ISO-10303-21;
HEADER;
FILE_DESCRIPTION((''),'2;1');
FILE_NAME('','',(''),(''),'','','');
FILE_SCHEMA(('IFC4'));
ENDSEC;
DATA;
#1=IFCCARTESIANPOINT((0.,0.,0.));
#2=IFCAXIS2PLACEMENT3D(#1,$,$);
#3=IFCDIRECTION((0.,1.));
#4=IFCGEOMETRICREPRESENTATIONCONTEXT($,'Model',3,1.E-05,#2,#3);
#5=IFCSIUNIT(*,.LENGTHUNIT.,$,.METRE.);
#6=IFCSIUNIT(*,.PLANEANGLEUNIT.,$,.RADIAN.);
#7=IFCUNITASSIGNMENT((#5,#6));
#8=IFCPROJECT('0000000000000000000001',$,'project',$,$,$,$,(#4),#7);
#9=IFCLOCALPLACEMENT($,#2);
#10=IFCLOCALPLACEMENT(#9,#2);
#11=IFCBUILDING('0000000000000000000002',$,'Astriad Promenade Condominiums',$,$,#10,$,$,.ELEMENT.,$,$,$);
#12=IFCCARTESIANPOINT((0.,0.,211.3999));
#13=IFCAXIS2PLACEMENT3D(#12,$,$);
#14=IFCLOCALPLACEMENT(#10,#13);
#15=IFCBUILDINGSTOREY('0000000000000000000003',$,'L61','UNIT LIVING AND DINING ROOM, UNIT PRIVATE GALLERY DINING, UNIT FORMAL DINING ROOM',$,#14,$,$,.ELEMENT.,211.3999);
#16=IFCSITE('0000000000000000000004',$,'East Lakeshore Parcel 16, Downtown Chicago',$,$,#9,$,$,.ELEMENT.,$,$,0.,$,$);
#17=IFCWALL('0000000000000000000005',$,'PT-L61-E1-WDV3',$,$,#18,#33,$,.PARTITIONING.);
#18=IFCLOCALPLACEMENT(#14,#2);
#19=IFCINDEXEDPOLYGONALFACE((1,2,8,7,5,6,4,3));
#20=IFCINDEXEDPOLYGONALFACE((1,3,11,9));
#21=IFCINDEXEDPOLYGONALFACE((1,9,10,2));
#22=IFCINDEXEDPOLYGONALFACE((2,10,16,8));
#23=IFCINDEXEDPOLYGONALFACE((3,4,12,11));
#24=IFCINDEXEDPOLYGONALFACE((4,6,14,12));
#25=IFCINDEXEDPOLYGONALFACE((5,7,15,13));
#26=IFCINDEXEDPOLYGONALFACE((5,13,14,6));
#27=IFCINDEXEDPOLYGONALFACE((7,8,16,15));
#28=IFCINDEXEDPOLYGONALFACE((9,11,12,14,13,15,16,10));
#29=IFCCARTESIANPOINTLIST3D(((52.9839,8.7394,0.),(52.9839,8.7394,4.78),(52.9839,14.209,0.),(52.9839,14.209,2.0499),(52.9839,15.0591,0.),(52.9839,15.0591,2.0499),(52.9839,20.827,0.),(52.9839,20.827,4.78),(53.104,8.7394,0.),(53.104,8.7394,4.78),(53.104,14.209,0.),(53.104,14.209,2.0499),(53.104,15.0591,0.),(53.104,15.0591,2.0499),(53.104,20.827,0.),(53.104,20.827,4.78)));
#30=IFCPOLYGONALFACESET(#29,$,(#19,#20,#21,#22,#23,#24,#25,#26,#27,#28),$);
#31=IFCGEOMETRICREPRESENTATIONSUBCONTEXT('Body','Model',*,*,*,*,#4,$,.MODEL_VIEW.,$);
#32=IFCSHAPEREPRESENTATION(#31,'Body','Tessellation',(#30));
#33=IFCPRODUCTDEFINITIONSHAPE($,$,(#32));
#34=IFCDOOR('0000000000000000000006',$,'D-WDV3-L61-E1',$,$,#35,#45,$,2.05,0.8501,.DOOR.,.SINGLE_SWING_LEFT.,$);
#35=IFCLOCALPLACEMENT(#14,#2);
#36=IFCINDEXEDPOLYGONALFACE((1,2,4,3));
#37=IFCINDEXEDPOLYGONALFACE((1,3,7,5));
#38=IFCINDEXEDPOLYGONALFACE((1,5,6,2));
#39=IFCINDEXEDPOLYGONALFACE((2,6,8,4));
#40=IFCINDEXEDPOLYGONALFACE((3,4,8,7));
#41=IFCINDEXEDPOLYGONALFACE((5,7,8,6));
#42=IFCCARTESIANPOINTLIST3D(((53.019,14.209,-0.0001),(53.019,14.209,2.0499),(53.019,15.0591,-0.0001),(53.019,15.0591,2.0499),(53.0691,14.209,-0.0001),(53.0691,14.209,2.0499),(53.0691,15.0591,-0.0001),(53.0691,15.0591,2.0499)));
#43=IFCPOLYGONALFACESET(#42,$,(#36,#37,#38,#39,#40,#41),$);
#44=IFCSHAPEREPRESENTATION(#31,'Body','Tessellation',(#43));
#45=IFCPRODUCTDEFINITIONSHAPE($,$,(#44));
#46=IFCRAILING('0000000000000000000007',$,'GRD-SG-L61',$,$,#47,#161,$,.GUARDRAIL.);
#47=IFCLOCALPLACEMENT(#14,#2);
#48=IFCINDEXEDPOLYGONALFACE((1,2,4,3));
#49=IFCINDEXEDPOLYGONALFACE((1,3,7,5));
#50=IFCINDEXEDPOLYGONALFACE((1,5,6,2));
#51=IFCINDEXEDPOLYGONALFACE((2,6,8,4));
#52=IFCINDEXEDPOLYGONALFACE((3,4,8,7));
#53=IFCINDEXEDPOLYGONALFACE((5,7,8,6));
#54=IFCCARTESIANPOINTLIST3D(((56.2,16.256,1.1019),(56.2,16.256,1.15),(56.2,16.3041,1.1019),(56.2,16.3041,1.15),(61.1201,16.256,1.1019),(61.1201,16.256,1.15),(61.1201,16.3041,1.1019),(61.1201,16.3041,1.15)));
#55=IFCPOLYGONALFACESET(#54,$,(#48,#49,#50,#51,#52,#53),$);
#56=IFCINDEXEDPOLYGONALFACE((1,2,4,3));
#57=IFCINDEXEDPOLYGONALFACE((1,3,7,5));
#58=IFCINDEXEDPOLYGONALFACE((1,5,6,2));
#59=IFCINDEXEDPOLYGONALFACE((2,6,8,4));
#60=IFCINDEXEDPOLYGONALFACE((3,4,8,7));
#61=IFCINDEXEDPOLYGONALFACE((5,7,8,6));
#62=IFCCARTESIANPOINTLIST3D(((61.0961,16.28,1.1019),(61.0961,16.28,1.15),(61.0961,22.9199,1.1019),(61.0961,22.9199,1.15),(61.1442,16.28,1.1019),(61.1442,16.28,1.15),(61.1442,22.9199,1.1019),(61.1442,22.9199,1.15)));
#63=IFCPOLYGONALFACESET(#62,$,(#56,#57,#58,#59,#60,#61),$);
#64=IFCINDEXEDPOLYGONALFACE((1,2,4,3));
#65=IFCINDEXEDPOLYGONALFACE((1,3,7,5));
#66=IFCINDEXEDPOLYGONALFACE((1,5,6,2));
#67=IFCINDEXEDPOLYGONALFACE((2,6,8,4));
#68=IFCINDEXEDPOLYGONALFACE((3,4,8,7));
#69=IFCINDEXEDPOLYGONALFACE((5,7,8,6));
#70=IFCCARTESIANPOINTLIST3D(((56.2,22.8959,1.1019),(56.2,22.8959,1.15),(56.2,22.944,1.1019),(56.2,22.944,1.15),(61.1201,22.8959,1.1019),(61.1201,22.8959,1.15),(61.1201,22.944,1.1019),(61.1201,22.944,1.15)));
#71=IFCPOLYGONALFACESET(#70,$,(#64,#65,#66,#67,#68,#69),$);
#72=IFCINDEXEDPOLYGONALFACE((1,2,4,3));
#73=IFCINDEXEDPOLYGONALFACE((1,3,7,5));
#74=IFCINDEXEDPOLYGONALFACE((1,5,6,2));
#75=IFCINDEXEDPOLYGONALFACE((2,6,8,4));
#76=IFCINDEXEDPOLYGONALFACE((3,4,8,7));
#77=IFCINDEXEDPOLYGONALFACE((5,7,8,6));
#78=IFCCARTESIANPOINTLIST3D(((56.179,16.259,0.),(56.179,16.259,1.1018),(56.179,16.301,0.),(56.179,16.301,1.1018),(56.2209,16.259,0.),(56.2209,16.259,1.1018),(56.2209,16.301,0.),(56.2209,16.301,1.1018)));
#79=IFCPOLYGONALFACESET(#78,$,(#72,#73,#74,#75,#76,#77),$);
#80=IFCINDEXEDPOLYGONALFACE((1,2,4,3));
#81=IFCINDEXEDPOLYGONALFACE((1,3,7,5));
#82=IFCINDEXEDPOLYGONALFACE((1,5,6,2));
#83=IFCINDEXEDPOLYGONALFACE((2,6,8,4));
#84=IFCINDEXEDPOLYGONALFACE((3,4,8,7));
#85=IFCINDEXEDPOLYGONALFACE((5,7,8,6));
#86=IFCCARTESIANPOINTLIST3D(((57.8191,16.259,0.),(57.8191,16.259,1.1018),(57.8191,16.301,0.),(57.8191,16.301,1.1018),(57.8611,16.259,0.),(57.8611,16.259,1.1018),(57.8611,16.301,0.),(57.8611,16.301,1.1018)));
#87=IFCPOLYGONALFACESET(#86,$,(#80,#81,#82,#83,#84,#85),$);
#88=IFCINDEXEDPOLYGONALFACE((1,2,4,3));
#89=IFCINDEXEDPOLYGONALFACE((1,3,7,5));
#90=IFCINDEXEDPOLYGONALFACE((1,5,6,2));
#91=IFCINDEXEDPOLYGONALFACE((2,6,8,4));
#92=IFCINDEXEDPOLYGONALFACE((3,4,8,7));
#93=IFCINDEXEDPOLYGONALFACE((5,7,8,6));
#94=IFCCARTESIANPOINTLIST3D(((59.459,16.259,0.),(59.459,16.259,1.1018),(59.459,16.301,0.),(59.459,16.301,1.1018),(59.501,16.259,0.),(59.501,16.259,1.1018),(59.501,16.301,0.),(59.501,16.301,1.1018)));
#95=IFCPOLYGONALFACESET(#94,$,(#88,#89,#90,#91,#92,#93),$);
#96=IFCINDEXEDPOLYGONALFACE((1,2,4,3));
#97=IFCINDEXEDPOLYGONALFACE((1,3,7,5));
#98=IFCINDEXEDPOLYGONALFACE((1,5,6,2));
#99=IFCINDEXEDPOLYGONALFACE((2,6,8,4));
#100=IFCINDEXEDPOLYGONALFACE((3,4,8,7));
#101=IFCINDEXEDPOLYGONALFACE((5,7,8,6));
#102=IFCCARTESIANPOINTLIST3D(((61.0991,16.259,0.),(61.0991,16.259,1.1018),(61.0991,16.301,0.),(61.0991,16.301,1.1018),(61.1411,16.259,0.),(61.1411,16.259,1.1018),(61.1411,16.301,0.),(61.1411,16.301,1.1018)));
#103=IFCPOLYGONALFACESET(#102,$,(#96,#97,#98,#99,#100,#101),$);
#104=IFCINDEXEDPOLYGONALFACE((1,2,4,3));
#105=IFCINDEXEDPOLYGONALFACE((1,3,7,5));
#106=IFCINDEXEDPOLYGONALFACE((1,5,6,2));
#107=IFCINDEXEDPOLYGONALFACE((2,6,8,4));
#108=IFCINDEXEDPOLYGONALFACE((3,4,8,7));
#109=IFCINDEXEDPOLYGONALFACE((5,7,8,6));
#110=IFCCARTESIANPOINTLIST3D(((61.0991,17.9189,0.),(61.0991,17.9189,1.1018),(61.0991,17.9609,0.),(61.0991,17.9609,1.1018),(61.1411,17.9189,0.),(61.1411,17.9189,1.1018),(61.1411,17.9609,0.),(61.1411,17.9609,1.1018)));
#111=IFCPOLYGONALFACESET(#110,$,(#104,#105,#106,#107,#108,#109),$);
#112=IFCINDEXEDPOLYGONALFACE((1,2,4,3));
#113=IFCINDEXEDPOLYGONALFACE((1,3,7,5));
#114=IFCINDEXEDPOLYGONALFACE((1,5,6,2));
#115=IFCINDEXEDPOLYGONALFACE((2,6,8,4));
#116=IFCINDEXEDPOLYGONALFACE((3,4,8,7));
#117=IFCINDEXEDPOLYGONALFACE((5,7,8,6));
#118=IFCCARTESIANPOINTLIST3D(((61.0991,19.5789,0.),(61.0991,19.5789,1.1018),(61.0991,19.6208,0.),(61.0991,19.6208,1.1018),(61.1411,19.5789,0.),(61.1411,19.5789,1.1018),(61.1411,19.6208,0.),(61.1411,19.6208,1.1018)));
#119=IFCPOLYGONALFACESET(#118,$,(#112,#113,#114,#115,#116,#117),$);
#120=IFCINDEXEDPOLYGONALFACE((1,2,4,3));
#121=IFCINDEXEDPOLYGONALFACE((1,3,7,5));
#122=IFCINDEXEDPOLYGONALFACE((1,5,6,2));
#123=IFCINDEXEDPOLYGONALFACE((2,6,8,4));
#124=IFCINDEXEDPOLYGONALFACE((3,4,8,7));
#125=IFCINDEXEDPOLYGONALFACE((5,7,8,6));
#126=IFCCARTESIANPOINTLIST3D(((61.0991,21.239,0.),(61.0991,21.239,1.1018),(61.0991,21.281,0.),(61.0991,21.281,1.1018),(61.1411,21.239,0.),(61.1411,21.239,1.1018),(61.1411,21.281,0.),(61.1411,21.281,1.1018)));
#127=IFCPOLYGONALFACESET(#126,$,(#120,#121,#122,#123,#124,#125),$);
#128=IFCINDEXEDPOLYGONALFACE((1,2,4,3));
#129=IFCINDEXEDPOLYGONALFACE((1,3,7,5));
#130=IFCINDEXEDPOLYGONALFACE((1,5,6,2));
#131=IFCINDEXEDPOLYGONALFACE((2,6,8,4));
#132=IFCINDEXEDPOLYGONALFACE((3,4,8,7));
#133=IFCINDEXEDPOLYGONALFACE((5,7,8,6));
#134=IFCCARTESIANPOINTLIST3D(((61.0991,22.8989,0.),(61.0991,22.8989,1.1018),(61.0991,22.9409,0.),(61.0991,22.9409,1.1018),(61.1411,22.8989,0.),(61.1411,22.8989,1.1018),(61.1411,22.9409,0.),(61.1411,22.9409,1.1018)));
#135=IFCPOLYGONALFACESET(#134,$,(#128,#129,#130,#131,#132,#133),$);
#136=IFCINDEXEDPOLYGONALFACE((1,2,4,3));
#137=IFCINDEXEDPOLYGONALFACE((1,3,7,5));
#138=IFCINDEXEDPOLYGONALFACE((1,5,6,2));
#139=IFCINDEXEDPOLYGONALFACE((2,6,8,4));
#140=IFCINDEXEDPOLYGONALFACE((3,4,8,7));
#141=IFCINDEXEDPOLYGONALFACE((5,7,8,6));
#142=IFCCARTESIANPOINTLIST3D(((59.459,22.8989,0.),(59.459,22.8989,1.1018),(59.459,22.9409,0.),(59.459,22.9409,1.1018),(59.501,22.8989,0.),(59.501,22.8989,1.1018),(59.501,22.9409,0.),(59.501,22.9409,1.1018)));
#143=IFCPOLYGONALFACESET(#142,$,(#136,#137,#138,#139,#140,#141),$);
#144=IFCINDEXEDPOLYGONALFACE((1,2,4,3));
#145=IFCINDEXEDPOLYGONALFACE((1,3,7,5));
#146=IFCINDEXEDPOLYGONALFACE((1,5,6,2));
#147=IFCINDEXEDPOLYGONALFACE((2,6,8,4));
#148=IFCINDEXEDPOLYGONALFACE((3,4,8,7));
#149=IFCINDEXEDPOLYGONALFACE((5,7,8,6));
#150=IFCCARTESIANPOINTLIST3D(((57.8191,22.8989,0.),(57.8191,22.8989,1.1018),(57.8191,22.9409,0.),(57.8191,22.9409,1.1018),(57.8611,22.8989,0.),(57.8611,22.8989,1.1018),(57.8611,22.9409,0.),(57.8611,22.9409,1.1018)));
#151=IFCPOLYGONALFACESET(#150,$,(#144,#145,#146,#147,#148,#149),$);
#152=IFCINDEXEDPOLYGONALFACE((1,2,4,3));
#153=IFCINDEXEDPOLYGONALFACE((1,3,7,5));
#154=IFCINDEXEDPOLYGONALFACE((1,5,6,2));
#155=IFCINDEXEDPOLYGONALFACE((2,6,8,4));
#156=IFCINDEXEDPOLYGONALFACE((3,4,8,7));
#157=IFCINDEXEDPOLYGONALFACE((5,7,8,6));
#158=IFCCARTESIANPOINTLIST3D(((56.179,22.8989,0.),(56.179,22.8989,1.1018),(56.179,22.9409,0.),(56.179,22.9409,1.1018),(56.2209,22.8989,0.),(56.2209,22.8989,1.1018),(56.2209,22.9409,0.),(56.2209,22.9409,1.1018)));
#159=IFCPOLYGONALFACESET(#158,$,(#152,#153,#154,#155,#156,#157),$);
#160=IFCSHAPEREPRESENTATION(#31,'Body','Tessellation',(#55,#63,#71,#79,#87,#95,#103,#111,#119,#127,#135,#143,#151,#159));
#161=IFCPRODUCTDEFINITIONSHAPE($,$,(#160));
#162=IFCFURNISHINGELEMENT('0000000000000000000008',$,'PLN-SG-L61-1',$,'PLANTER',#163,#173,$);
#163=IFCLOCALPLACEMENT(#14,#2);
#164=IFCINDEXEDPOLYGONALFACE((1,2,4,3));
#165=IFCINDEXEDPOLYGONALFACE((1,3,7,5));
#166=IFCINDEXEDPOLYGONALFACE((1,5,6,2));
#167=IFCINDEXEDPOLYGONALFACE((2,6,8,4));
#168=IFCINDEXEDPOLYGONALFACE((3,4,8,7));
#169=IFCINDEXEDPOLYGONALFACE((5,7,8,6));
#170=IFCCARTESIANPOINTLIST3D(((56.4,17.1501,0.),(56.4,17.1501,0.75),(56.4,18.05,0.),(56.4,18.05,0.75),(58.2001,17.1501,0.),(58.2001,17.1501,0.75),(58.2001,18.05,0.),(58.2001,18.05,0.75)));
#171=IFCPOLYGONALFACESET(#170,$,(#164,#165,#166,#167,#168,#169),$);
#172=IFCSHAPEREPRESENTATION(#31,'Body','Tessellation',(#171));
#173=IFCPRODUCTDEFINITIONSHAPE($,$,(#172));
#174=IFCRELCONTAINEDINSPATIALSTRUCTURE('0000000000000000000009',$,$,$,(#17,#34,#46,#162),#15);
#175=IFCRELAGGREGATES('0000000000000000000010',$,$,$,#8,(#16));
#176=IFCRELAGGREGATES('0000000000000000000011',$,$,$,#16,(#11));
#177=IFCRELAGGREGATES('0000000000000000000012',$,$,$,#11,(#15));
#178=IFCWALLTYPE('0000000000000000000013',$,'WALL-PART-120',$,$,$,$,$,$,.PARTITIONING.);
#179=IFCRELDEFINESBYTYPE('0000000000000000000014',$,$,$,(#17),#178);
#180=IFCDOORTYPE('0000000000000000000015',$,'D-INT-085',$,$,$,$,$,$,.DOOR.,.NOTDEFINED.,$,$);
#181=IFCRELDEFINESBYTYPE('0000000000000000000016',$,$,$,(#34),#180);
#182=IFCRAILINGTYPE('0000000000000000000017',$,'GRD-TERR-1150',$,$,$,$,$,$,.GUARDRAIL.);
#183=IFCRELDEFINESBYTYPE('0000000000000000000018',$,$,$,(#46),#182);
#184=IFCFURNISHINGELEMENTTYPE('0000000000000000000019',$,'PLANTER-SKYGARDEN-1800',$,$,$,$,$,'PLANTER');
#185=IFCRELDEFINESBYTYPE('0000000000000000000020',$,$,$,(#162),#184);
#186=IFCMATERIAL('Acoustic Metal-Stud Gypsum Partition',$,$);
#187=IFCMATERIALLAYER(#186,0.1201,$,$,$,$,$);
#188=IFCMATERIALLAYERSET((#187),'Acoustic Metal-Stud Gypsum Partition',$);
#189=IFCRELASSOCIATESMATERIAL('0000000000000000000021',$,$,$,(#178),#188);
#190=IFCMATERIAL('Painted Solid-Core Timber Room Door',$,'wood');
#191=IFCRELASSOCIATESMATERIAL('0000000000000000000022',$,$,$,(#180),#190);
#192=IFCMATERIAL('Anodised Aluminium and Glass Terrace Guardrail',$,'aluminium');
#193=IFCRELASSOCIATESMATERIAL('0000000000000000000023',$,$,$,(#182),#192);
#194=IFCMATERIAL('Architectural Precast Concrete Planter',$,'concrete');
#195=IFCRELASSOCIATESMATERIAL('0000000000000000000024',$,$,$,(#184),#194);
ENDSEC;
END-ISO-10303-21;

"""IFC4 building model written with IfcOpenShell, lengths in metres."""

from ifc_helpers import new_model, si_unit, direction, frame, frame_2d, origin, origin_2d, place, context, subcontext, project, spatial, rectangle, extrude, source, transform, mapped, material, layer, layer_set, type_object, type_shapes, element, fill, save


model = new_model("IFC4")

# Units and contexts
model_context = context("Model", 3, precision=1e-05, world=origin(), true_north=direction((0.0, 1.0)))
body_context = subcontext(model_context, "Body", "Model", "MODEL_VIEW")
ifc_project = project(units=[si_unit("LENGTHUNIT", "METRE"), si_unit("PLANEANGLEUNIT", "RADIAN")], contexts=[model_context])

# Site, building, storey
site_placement = place(None, origin())
site = spatial("IfcSite", under=ifc_project, at=site_placement, Name="East Lakeshore Parcel 16, Downtown Chicago", CompositionType="ELEMENT", RefElevation=0.0)
building_placement = place(site_placement, origin())
building = spatial("IfcBuilding", under=site, at=building_placement, Name="Astriad Promenade Condominiums", CompositionType="ELEMENT")
storey_placement = place(building_placement, frame((0.0, 0.0, 211.3999)))
storey = spatial("IfcBuildingStorey", under=building, at=storey_placement, Name="L61", Description="UNIT LIVING AND DINING ROOM, UNIT PRIVATE GALLERY DINING, UNIT FORMAL DINING ROOM", CompositionType="ELEMENT", Elevation=211.3999)

# Wall, opening, door
ifc_material_1 = material(Name="Acoustic Metal-Stud Gypsum Partition")
ifc_layer_1 = layer(ifc_material_1, 0.1201)
ifc_layer_set_1 = layer_set([ifc_layer_1], Name="Acoustic Metal-Stud Gypsum Partition")
wall_type_1 = type_object("IfcWallType", Name="WALL-PART-120", PredefinedType="PARTITIONING", material=ifc_layer_set_1)
wall_1_placement = place(storey_placement, frame((53.0439, 8.7393, 0.0), z_axis=(0.0, 0.0, 1.0), x_axis=(0.0, 1.0, 0.0)))
wall_1 = element("IfcWall", 1, at=wall_1_placement, inside=storey, type_object=wall_type_1, Name="PT-L61-E1-WDV3", PredefinedType="PARTITIONING", context=body_context, shape_type="SweptSolid", body=[
    extrude(rectangle(XDim=12.0876, YDim=0.1201, at=frame_2d((6.0439, 0.0))), origin(), (0.0, 0.0, 1.0), 4.78),
])
opening_placement = place(wall_1_placement, frame((5.4697, 0.0, 0.0)))
opening = element("IfcOpeningElement", 2, at=opening_placement, cuts=wall_1, PredefinedType="OPENING", context=body_context, shape_type="SweptSolid", body=[
    extrude(rectangle(XDim=0.8501, YDim=2.05, at=frame_2d((0.425, 1.0249))), frame((0.0, 0.0701, 0.0), z_axis=(0.0, -1.0, 0.0), x_axis=(1.0, 0.0, 0.0)), (0.0, 0.0, 1.0), 0.1401),
])
ifc_material_2 = material(Name="Painted Solid-Core Timber Room Door", Category="wood")
door_type = type_object("IfcDoorType", Name="D-INT-085", OperationType="NOTDEFINED", PredefinedType="DOOR", material=ifc_material_2)
shared_shape_1 = source(origin(), body_context, "Body", "SweptSolid", [
    extrude(rectangle(XDim=0.8501, YDim=2.05, at=frame_2d((0.425, 1.0249))), frame((0.0, 0.0249, 0.0), z_axis=(0.0, -1.0, 0.0), x_axis=(1.0, 0.0, 0.0)), (0.0, 0.0, 1.0), 0.05),
])
type_shapes(door_type, [shared_shape_1])
door_placement = place(opening_placement, origin())
door = element("IfcDoor", 3, at=door_placement, inside=storey, type_object=door_type, Name="D-WDV3-L61-E1", OperationType="SINGLE_SWING_LEFT", OverallHeight=2.05, OverallWidth=0.8501, PredefinedType="DOOR", context=body_context, shape_type="MappedRepresentation", body=[
    mapped(shared_shape_1, transform((0.0, 0.0, 0.0), scale=1.0)),
])
fill(opening, door)

# Railing
ifc_material_3 = material(Name="Anodised Aluminium and Glass Terrace Guardrail", Category="aluminium")
railing_type = type_object("IfcRailingType", Name="GRD-TERR-1150", PredefinedType="GUARDRAIL", material=ifc_material_3)
shared_shape_2 = source(origin(), body_context, "Body", "SweptSolid", [
    extrude(rectangle(XDim=0.0481, YDim=0.0481, at=origin_2d()), frame((0.0, 0.0, 1.126), z_axis=(1.0, 0.0, 0.0), x_axis=(0.0, 1.0, 0.0)), (0.0, 0.0, 1.0), 4.9202),
    extrude(rectangle(XDim=0.0481, YDim=0.0481, at=origin_2d()), frame((4.9202, 0.0, 1.126), z_axis=(0.0, 1.0, 0.0), x_axis=(-1.0, 0.0, 0.0)), (0.0, 0.0, 1.0), 6.6399),
    extrude(rectangle(XDim=0.0481, YDim=0.0481, at=origin_2d()), frame((4.9202, 6.6399, 1.126), z_axis=(-1.0, 0.0, 0.0), x_axis=(0.0, -1.0, 0.0)), (0.0, 0.0, 1.0), 4.9202),
    extrude(rectangle(XDim=0.042, YDim=0.042, at=origin_2d()), origin(), (0.0, 0.0, 1.0), 1.1018),
    extrude(rectangle(XDim=0.042, YDim=0.042, at=origin_2d()), frame((1.6401, 0.0, 0.0)), (0.0, 0.0, 1.0), 1.1018),
    extrude(rectangle(XDim=0.042, YDim=0.042, at=origin_2d()), frame((3.28, 0.0, 0.0)), (0.0, 0.0, 1.0), 1.1018),
    extrude(rectangle(XDim=0.042, YDim=0.042, at=origin_2d()), frame((4.9202, 0.0, 0.0)), (0.0, 0.0, 1.0), 1.1018),
    extrude(rectangle(XDim=0.042, YDim=0.042, at=origin_2d()), frame((4.9202, 1.6599, 0.0)), (0.0, 0.0, 1.0), 1.1018),
    extrude(rectangle(XDim=0.042, YDim=0.042, at=origin_2d()), frame((4.9202, 3.3198, 0.0)), (0.0, 0.0, 1.0), 1.1018),
    extrude(rectangle(XDim=0.042, YDim=0.042, at=origin_2d()), frame((4.9202, 4.98, 0.0)), (0.0, 0.0, 1.0), 1.1018),
    extrude(rectangle(XDim=0.042, YDim=0.042, at=origin_2d()), frame((4.9202, 6.6399, 0.0)), (0.0, 0.0, 1.0), 1.1018),
    extrude(rectangle(XDim=0.042, YDim=0.042, at=origin_2d()), frame((3.28, 6.6399, 0.0)), (0.0, 0.0, 1.0), 1.1018),
    extrude(rectangle(XDim=0.042, YDim=0.042, at=origin_2d()), frame((1.6401, 6.6399, 0.0)), (0.0, 0.0, 1.0), 1.1018),
    extrude(rectangle(XDim=0.042, YDim=0.042, at=origin_2d()), frame((0.0, 6.6399, 0.0)), (0.0, 0.0, 1.0), 1.1018),
])
type_shapes(railing_type, [shared_shape_2])
railing_placement = place(storey_placement, frame((56.2, 16.28, 0.0)))
element("IfcRailing", 4, at=railing_placement, inside=storey, type_object=railing_type, Name="GRD-SG-L61", PredefinedType="GUARDRAIL", context=body_context, shape_type="MappedRepresentation", body=[
    mapped(shared_shape_2, transform((0.0, 0.0, 0.0), scale=1.0)),
])

# Furnishing element
ifc_material_4 = material(Name="Architectural Precast Concrete Planter", Category="concrete")
furnishing_element_type = type_object("IfcFurnishingElementType", Name="PLANTER-SKYGARDEN-1800", ElementType="PLANTER", material=ifc_material_4)
shared_shape_3 = source(origin(), body_context, "Body", "SweptSolid", [
    extrude(rectangle(XDim=1.8, YDim=0.8999, at=origin_2d()), origin(), (0.0, 0.0, 1.0), 0.75),
])
type_shapes(furnishing_element_type, [shared_shape_3])
furnishing_placement = place(storey_placement, frame((57.3, 17.6001, 0.0), z_axis=(0.0, 0.0, 1.0), x_axis=(1.0, 0.0, 0.0)))
element("IfcFurnishingElement", 5, at=furnishing_placement, inside=storey, type_object=furnishing_element_type, Name="PLN-SG-L61-1", ObjectType="PLANTER", context=body_context, shape_type="MappedRepresentation", body=[
    mapped(shared_shape_3, transform((0.0, 0.0, 0.0), scale=1.0)),
])

save(model, "model.ifc")
